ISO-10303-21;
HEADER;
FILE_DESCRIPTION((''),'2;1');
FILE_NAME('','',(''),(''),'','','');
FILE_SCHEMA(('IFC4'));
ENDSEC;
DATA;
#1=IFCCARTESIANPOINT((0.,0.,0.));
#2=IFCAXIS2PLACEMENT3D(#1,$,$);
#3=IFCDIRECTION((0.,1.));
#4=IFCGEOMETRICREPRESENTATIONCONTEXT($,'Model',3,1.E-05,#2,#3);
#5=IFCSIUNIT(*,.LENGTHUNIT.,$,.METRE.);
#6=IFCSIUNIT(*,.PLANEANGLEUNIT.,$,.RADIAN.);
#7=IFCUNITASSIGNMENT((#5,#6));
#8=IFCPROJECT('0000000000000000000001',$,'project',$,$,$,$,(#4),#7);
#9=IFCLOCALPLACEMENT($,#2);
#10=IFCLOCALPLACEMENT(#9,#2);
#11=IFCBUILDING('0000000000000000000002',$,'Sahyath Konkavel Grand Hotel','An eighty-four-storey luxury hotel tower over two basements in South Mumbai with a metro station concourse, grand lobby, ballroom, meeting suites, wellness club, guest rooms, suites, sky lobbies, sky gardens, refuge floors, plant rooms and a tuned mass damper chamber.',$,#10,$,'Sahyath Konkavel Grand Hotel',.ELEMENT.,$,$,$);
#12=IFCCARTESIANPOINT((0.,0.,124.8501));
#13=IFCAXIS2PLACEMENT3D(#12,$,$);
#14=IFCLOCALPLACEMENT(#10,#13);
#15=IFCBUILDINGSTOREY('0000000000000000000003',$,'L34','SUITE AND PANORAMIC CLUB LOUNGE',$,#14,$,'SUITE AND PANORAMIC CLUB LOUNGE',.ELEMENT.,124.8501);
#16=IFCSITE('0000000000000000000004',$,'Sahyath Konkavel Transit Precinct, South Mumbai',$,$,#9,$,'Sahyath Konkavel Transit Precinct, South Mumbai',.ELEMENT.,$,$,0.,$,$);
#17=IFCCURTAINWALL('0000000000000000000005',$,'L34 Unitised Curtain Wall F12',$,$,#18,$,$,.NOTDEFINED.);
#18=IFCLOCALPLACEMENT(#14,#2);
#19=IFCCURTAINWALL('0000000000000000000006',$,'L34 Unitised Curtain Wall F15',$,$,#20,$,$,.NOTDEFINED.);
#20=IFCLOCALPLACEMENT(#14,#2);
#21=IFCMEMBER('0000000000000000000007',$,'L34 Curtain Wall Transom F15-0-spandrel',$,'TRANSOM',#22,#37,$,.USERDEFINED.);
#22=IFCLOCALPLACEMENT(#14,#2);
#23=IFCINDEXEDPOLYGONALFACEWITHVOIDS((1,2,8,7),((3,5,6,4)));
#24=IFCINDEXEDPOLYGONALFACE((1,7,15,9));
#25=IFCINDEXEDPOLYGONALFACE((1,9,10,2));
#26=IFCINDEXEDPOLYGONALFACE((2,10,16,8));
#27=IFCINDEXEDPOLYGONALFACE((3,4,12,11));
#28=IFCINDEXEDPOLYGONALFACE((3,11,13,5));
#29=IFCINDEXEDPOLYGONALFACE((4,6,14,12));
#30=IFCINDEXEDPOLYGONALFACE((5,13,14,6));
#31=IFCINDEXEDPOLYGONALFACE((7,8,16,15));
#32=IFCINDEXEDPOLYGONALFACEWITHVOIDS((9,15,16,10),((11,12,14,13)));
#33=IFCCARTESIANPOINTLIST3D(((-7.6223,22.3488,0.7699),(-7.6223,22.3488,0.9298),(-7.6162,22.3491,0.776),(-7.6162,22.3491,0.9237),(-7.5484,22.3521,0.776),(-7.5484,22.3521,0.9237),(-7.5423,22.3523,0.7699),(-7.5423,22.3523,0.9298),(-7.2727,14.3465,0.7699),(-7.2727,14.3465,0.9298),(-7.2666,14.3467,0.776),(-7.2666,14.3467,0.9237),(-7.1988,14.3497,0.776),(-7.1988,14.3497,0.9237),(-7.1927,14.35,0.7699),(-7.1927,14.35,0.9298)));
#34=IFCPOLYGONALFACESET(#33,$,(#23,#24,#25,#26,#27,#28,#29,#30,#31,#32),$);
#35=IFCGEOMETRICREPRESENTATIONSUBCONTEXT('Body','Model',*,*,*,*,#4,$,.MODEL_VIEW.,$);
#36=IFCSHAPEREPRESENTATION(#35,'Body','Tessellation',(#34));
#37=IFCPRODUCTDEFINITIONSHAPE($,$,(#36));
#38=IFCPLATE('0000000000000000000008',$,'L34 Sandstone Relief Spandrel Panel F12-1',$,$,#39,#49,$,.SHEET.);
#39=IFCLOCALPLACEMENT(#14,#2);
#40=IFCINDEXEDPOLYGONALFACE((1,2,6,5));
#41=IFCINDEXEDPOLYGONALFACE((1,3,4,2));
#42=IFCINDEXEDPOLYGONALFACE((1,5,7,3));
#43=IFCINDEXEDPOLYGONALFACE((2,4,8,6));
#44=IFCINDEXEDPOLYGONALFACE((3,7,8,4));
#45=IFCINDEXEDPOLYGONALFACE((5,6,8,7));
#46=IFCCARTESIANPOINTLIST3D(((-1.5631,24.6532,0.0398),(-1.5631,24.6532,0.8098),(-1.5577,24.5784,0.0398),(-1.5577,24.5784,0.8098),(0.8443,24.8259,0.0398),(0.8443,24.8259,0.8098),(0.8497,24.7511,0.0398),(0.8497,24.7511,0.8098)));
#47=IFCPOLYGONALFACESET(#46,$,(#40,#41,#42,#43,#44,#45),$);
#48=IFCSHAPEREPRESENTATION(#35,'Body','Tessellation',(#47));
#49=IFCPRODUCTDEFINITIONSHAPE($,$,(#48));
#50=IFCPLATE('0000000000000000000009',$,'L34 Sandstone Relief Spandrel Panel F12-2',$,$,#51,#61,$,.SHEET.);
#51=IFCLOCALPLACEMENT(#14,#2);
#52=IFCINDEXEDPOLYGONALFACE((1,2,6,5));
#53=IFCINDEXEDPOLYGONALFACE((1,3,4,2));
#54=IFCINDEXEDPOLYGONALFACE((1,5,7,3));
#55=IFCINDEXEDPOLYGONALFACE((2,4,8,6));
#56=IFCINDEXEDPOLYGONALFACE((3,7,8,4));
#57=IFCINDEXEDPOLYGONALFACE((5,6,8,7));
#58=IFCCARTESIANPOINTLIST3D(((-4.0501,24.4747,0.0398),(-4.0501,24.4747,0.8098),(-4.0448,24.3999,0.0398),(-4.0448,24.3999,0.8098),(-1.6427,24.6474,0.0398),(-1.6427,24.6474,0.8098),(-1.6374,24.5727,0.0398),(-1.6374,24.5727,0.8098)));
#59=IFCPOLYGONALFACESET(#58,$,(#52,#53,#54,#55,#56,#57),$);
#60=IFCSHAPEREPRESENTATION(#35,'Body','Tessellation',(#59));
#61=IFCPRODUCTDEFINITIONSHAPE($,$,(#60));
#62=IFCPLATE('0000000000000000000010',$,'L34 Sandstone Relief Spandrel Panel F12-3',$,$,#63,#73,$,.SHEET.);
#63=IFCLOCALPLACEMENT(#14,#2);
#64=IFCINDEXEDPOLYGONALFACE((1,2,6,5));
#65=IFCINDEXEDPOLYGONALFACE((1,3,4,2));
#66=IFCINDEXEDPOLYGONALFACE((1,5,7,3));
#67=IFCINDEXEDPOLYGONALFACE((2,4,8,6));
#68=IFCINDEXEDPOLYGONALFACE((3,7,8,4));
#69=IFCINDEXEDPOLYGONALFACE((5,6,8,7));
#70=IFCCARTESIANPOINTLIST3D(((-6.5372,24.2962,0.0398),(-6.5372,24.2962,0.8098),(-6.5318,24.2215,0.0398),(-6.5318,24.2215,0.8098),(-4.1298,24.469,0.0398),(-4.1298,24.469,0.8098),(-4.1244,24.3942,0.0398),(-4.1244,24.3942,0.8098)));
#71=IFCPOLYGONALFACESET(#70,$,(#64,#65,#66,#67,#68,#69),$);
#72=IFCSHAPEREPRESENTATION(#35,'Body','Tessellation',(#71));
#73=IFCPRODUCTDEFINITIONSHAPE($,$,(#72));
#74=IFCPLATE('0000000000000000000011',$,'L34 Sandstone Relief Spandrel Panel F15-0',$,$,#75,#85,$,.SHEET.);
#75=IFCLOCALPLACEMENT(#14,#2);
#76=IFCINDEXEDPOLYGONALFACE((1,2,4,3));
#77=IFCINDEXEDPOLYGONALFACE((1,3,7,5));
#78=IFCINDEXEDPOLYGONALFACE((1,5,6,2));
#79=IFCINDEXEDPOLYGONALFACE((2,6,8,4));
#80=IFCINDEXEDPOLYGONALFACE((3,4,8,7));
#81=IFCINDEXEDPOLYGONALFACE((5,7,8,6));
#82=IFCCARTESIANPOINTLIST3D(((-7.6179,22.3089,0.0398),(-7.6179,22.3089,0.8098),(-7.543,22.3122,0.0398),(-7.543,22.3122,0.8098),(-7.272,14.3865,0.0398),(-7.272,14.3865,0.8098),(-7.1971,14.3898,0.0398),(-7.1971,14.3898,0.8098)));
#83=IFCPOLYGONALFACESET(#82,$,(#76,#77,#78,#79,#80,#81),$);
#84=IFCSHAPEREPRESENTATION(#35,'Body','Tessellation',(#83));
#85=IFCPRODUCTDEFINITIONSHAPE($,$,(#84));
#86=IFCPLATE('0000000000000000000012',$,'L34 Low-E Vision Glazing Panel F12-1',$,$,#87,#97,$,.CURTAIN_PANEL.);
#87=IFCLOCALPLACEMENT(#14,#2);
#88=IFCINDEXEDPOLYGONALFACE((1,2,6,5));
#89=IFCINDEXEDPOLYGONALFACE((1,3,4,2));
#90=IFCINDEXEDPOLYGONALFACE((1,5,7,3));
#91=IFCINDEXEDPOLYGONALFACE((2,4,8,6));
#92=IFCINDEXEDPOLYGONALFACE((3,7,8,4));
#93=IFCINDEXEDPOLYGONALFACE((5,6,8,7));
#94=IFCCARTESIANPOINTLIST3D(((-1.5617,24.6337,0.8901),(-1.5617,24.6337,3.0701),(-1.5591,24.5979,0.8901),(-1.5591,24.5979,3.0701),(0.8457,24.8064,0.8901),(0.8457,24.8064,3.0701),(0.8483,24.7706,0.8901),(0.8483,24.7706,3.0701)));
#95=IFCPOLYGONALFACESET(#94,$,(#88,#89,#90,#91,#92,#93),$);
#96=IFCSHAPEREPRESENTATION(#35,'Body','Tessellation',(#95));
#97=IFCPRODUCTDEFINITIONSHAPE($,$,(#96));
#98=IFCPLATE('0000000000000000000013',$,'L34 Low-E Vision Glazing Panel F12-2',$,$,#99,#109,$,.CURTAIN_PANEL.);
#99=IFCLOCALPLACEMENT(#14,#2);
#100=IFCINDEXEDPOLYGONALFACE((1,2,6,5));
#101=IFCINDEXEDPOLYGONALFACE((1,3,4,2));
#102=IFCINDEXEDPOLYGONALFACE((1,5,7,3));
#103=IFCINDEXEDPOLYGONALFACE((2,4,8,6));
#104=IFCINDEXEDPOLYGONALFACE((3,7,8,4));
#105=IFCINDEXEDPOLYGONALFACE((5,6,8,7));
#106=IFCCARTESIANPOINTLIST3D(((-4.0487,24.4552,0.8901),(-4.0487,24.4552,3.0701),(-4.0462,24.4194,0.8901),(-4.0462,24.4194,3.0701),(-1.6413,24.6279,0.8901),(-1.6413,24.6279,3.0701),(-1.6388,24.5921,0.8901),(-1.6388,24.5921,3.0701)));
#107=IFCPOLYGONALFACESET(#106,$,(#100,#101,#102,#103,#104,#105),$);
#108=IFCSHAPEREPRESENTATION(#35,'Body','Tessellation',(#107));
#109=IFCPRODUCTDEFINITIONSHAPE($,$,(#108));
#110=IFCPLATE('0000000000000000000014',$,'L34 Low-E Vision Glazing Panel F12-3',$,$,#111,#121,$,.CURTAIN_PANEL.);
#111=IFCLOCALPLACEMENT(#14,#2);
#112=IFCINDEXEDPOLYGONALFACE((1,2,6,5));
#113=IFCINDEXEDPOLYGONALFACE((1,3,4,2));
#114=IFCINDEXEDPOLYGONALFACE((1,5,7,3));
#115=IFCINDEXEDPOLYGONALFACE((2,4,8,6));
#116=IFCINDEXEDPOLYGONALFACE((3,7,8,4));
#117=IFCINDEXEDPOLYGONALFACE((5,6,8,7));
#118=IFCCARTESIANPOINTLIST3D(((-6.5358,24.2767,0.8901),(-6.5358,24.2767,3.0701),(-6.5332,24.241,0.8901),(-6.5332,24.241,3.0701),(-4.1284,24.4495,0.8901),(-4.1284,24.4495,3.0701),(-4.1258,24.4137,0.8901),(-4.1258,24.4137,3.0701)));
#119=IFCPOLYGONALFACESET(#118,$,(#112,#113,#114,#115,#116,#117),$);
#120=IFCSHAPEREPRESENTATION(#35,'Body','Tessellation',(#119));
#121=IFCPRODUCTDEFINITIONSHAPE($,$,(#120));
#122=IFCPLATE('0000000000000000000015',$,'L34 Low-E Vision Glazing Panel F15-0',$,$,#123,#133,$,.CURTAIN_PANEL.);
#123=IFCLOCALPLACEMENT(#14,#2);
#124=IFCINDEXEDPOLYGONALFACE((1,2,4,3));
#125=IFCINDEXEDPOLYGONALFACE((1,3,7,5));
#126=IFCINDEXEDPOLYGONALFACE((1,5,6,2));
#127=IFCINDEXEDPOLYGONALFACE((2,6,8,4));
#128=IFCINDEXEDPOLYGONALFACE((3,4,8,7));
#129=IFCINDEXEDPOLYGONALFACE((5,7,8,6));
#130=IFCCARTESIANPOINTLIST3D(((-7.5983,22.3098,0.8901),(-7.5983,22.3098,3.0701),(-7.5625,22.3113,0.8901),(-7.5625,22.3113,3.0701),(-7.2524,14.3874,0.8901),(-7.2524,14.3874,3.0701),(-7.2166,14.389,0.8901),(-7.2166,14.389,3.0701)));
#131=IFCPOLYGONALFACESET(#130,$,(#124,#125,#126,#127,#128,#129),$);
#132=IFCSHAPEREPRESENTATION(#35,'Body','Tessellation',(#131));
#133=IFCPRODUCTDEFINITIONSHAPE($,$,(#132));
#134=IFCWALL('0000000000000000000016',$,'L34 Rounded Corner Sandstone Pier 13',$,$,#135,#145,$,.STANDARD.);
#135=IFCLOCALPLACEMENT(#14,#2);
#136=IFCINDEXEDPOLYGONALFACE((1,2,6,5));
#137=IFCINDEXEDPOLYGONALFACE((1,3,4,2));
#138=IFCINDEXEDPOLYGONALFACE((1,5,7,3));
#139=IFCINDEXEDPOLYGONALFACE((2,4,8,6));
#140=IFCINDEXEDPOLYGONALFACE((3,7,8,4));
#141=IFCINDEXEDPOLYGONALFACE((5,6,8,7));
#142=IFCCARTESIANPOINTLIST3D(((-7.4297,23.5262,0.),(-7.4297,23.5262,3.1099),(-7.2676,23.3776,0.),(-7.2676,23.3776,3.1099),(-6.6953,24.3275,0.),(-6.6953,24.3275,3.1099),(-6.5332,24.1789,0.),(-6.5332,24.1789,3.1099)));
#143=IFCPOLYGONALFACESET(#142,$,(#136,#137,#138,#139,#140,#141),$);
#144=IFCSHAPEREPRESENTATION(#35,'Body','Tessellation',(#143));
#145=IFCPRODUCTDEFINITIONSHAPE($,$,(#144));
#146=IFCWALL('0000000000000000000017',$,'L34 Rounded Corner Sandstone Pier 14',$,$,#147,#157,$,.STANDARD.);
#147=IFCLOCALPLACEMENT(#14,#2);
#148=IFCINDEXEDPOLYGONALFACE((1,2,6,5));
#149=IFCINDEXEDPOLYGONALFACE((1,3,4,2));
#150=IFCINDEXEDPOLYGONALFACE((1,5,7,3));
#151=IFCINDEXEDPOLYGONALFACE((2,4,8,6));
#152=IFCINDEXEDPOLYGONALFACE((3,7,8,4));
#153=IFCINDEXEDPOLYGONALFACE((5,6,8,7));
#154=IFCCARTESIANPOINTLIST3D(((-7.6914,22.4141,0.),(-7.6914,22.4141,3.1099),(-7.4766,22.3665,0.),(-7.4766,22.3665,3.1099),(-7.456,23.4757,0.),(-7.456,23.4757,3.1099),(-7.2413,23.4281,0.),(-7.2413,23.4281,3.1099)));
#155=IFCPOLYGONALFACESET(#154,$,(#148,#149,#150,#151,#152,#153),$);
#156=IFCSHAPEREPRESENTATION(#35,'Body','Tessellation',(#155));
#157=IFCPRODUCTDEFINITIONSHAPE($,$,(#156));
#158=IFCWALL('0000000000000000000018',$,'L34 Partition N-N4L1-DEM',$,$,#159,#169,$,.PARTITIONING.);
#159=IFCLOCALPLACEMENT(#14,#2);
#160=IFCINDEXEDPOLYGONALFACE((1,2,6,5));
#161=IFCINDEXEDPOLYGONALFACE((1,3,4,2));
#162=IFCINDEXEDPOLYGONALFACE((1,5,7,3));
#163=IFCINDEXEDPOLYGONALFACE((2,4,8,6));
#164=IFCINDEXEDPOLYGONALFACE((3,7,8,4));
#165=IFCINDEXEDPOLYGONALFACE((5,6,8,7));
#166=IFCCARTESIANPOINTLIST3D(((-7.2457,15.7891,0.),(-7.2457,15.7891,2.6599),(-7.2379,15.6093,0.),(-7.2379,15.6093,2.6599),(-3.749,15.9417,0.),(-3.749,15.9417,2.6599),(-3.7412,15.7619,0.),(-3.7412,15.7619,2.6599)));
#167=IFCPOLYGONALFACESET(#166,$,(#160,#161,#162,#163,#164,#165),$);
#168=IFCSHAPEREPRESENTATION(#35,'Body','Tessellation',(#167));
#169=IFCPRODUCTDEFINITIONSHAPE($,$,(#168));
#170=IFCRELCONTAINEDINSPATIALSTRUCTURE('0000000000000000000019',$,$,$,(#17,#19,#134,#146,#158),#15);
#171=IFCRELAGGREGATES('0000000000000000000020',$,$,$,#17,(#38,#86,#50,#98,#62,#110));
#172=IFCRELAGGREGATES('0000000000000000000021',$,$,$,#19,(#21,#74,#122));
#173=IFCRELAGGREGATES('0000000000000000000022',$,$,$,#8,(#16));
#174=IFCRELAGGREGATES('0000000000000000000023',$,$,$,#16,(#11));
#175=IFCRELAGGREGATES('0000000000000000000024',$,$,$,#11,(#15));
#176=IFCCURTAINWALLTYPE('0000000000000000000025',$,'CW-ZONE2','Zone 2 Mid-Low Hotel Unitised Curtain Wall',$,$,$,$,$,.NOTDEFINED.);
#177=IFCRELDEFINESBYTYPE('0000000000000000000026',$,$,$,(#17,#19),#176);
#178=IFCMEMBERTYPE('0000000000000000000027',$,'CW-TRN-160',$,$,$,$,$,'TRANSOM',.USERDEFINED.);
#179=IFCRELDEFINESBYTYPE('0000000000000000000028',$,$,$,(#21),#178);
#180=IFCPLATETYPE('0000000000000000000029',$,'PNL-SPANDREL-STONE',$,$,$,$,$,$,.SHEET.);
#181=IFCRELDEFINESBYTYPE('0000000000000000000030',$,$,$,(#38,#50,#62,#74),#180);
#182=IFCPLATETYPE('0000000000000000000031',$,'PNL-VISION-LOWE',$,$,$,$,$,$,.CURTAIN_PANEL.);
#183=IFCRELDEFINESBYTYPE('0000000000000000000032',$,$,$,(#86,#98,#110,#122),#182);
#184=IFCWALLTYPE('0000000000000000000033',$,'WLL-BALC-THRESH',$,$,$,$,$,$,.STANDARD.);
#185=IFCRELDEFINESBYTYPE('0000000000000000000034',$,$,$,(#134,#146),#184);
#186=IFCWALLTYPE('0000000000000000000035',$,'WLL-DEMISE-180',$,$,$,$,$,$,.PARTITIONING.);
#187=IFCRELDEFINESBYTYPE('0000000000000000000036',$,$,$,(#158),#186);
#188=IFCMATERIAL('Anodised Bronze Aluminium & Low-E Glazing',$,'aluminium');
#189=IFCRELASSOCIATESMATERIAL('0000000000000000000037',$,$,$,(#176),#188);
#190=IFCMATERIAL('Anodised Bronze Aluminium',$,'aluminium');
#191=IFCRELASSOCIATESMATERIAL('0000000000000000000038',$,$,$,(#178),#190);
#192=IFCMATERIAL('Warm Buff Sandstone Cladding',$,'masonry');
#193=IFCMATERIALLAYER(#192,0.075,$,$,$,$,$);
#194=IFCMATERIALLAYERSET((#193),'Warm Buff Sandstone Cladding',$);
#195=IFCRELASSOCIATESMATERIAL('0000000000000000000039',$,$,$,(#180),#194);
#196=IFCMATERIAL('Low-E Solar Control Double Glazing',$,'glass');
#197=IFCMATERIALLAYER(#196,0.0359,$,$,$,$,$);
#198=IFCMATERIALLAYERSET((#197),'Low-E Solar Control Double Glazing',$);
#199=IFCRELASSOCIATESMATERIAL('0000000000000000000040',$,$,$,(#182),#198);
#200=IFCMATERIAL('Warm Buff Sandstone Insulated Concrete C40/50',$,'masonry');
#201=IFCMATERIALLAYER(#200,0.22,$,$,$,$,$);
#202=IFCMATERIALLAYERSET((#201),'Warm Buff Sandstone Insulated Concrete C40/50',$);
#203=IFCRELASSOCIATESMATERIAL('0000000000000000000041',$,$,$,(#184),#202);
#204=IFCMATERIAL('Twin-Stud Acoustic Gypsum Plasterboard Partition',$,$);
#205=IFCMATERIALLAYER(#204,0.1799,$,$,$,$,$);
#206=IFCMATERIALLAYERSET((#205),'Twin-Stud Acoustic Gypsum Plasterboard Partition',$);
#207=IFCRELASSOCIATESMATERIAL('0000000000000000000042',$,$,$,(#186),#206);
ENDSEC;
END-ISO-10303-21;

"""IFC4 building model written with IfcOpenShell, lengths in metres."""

from ifc_helpers import new_model, si_unit, direction, frame, frame_2d, origin, origin_2d, place, context, subcontext, project, spatial, rectangle, hollow_rectangle, extrude, source, transform, mapped, material, layer, layer_set, material_profile, profile_set, type_object, element, aggregate, save


model = new_model("IFC4")

# Units and contexts
model_context = context("Model", 3, precision=1e-05, world=origin(), true_north=direction((0.0, 1.0)))
body_context = subcontext(model_context, "Body", "Model", "MODEL_VIEW")
ifc_project = project(units=[si_unit("LENGTHUNIT", "METRE"), si_unit("PLANEANGLEUNIT", "RADIAN")], contexts=[model_context])

# Site, building, storey
site_placement = place(None, origin())
site = spatial("IfcSite", under=ifc_project, at=site_placement, Name="Sahyath Konkavel Transit Precinct, South Mumbai", LongName="Sahyath Konkavel Transit Precinct, South Mumbai", CompositionType="ELEMENT", RefElevation=0.0)
building_placement = place(site_placement, origin())
building = spatial("IfcBuilding", under=site, at=building_placement, Name="Sahyath Konkavel Grand Hotel", Description="An eighty-four-storey luxury hotel tower over two basements in South Mumbai with a metro station concourse, grand lobby, ballroom, meeting suites, wellness club, guest rooms, suites, sky lobbies, sky gardens, refuge floors, plant rooms and a tuned mass damper chamber.", LongName="Sahyath Konkavel Grand Hotel", CompositionType="ELEMENT")
storey_placement = place(building_placement, frame((0.0, 0.0, 124.8501)))
storey = spatial("IfcBuildingStorey", under=building, at=storey_placement, Name="L34", Description="SUITE AND PANORAMIC CLUB LOUNGE", LongName="SUITE AND PANORAMIC CLUB LOUNGE", CompositionType="ELEMENT", Elevation=124.8501)

# Curtain wall
ifc_material_1 = material(Name="Anodised Bronze Aluminium & Low-E Glazing", Category="aluminium")
curtain_wall_type = type_object("IfcCurtainWallType", Name="CW-ZONE2", Description="Zone 2 Mid-Low Hotel Unitised Curtain Wall", PredefinedType="NOTDEFINED", material=ifc_material_1)
curtain_wall_1_placement = place(storey_placement, origin())
curtain_wall_1 = element("IfcCurtainWall", 1, at=curtain_wall_1_placement, inside=storey, type_object=curtain_wall_type, Name="L34 Unitised Curtain Wall F12", PredefinedType="NOTDEFINED")
ifc_material_2 = material(Name="Anodised Bronze Aluminium", Category="aluminium")

# Curtain wall
curtain_wall_2_placement = place(storey_placement, origin())
curtain_wall_2 = element("IfcCurtainWall", 2, at=curtain_wall_2_placement, inside=storey, type_object=curtain_wall_type, Name="L34 Unitised Curtain Wall F15", PredefinedType="NOTDEFINED")

# Member
ifc_material_profile_1 = material_profile(ifc_material_2, hollow_rectangle(XDim=0.0801, YDim=0.1599, WallThickness=0.0061, at=origin_2d()), Name="RHS 160x80x6")
ifc_profile_set_1 = profile_set([ifc_material_profile_1], Name="Anodised Bronze Aluminium")
member_type_1 = type_object("IfcMemberType", Name="CW-TRN-160", ElementType="TRANSOM", PredefinedType="USERDEFINED", material=ifc_profile_set_1)
shared_shape_1 = source(origin(), body_context, "Body", "SweptSolid", [
    extrude(hollow_rectangle(XDim=0.0801, YDim=0.1599, WallThickness=0.0061, at=origin_2d()), origin(), (0.0, 0.0, 1.0), 8.01),
])
member_1_placement = place(storey_placement, frame((-7.5823, 22.3506, 0.8499), z_axis=(0.043646, -0.999047, 0.0), x_axis=(0.999047, 0.043646, 0.0)))
member_1 = element("IfcMember", 3, at=member_1_placement, type_object=member_type_1, Name="L34 Curtain Wall Transom F15-0-spandrel", ObjectType="TRANSOM", PredefinedType="USERDEFINED", context=body_context, shape_type="MappedRepresentation", body=[
    mapped(shared_shape_1, transform((0.0, 0.0, 0.0), scale=1.0)),
])

# Plates
ifc_material_3 = material(Name="Warm Buff Sandstone Cladding", Category="masonry")
ifc_layer_1 = layer(ifc_material_3, 0.075)
ifc_layer_set_1 = layer_set([ifc_layer_1], Name="Warm Buff Sandstone Cladding")
plate_type_1 = type_object("IfcPlateType", Name="PNL-SPANDREL-STONE", PredefinedType="SHEET", material=ifc_layer_set_1)
shared_shape_2 = source(origin(), body_context, "Body", "SweptSolid", [
    extrude(rectangle(XDim=2.4136, YDim=0.075, at=origin_2d()), origin(), (0.0, 0.0, 1.0), 0.77),
])
plate_1_placement = place(storey_placement, frame((-0.3567, 24.7021, 0.0398), z_axis=(0.0, 0.0, 1.0), x_axis=(-0.997436, -0.071567, 0.0)))
plate_1 = element("IfcPlate", 4, at=plate_1_placement, type_object=plate_type_1, Name="L34 Sandstone Relief Spandrel Panel F12-1", PredefinedType="SHEET", context=body_context, shape_type="MappedRepresentation", body=[
    mapped(shared_shape_2, transform((0.0, 0.0, 0.0), scale=1.0)),
])
plate_2_placement = place(storey_placement, frame((-2.8438, 24.5237, 0.0398), z_axis=(0.0, 0.0, 1.0), x_axis=(-0.997436, -0.071567, 0.0)))
plate_2 = element("IfcPlate", 5, at=plate_2_placement, type_object=plate_type_1, Name="L34 Sandstone Relief Spandrel Panel F12-2", PredefinedType="SHEET", context=body_context, shape_type="MappedRepresentation", body=[
    mapped(shared_shape_2, transform((0.0, 0.0, 0.0), scale=1.0)),
])
plate_3_placement = place(storey_placement, frame((-5.3308, 24.3452, 0.0398), z_axis=(0.0, 0.0, 1.0), x_axis=(-0.997436, -0.071567, 0.0)))
plate_3 = element("IfcPlate", 6, at=plate_3_placement, type_object=plate_type_1, Name="L34 Sandstone Relief Spandrel Panel F12-3", PredefinedType="SHEET", context=body_context, shape_type="MappedRepresentation", body=[
    mapped(shared_shape_2, transform((0.0, 0.0, 0.0), scale=1.0)),
])
shared_shape_3 = source(origin(), body_context, "Body", "SweptSolid", [
    extrude(rectangle(XDim=7.9299, YDim=0.075, at=origin_2d()), origin(), (0.0, 0.0, 1.0), 0.77),
])
plate_4_placement = place(storey_placement, frame((-7.4075, 18.3494, 0.0398), z_axis=(0.0, 0.0, 1.0), x_axis=(0.043619, -0.999048, 0.0)))
plate_4 = element("IfcPlate", 7, at=plate_4_placement, type_object=plate_type_1, Name="L34 Sandstone Relief Spandrel Panel F15-0", PredefinedType="SHEET", context=body_context, shape_type="MappedRepresentation", body=[
    mapped(shared_shape_3, transform((0.0, 0.0, 0.0), scale=1.0)),
])
ifc_material_4 = material(Name="Low-E Solar Control Double Glazing", Category="glass")
ifc_layer_2 = layer(ifc_material_4, 0.0359)
ifc_layer_set_2 = layer_set([ifc_layer_2], Name="Low-E Solar Control Double Glazing")
plate_type_2 = type_object("IfcPlateType", Name="PNL-VISION-LOWE", PredefinedType="CURTAIN_PANEL", material=ifc_layer_set_2)
shared_shape_4 = source(origin(), body_context, "Body", "SweptSolid", [
    extrude(rectangle(XDim=2.4136, YDim=0.0359, at=origin_2d()), origin(), (0.0, 0.0, 1.0), 2.1799),
])
plate_5_placement = place(storey_placement, frame((-0.3567, 24.7021, 0.8901), z_axis=(0.0, 0.0, 1.0), x_axis=(-0.997436, -0.071567, 0.0)))
plate_5 = element("IfcPlate", 8, at=plate_5_placement, type_object=plate_type_2, Name="L34 Low-E Vision Glazing Panel F12-1", PredefinedType="CURTAIN_PANEL", context=body_context, shape_type="MappedRepresentation", body=[
    mapped(shared_shape_4, transform((0.0, 0.0, 0.0), scale=1.0)),
])
plate_6_placement = place(storey_placement, frame((-2.8438, 24.5237, 0.8901), z_axis=(0.0, 0.0, 1.0), x_axis=(-0.997436, -0.071567, 0.0)))
plate_6 = element("IfcPlate", 9, at=plate_6_placement, type_object=plate_type_2, Name="L34 Low-E Vision Glazing Panel F12-2", PredefinedType="CURTAIN_PANEL", context=body_context, shape_type="MappedRepresentation", body=[
    mapped(shared_shape_4, transform((0.0, 0.0, 0.0), scale=1.0)),
])
plate_7_placement = place(storey_placement, frame((-5.3308, 24.3452, 0.8901), z_axis=(0.0, 0.0, 1.0), x_axis=(-0.997436, -0.071567, 0.0)))
plate_7 = element("IfcPlate", 10, at=plate_7_placement, type_object=plate_type_2, Name="L34 Low-E Vision Glazing Panel F12-3", PredefinedType="CURTAIN_PANEL", context=body_context, shape_type="MappedRepresentation", body=[
    mapped(shared_shape_4, transform((0.0, 0.0, 0.0), scale=1.0)),
])
aggregate(curtain_wall_1, [plate_1, plate_5, plate_2, plate_6, plate_3, plate_7])
shared_shape_5 = source(origin(), body_context, "Body", "SweptSolid", [
    extrude(rectangle(XDim=7.9299, YDim=0.0359, at=origin_2d()), origin(), (0.0, 0.0, 1.0), 2.1799),
])
plate_8_placement = place(storey_placement, frame((-7.4075, 18.3494, 0.8901), z_axis=(0.0, 0.0, 1.0), x_axis=(0.043619, -0.999048, 0.0)))
plate_8 = element("IfcPlate", 11, at=plate_8_placement, type_object=plate_type_2, Name="L34 Low-E Vision Glazing Panel F15-0", PredefinedType="CURTAIN_PANEL", context=body_context, shape_type="MappedRepresentation", body=[
    mapped(shared_shape_5, transform((0.0, 0.0, 0.0), scale=1.0)),
])
aggregate(curtain_wall_2, [member_1, plate_4, plate_8])

# Walls
ifc_material_5 = material(Name="Warm Buff Sandstone Insulated Concrete C40/50", Category="masonry")
ifc_layer_3 = layer(ifc_material_5, 0.22)
ifc_layer_set_3 = layer_set([ifc_layer_3], Name="Warm Buff Sandstone Insulated Concrete C40/50")
wall_type_1 = type_object("IfcWallType", Name="WLL-BALC-THRESH", PredefinedType="STANDARD", material=ifc_layer_set_3)
wall_1_placement = place(storey_placement, frame((-6.6143, 24.2532, 0.0), z_axis=(0.0, 0.0, 1.0), x_axis=(-0.675664, -0.73721, 0.0)))
element("IfcWall", 12, at=wall_1_placement, inside=storey, type_object=wall_type_1, Name="L34 Rounded Corner Sandstone Pier 13", PredefinedType="STANDARD", context=body_context, shape_type="SweptSolid", body=[
    extrude(rectangle(XDim=1.0869, YDim=0.22, at=frame_2d((0.5435, 0.0))), origin(), (0.0, 0.0, 1.0), 3.1099),
])
wall_2_placement = place(storey_placement, frame((-7.3486, 23.4519, 0.0), z_axis=(0.0, 0.0, 1.0), x_axis=(-0.216455, -0.976293, 0.0)))
element("IfcWall", 13, at=wall_2_placement, inside=storey, type_object=wall_type_1, Name="L34 Rounded Corner Sandstone Pier 14", PredefinedType="STANDARD", context=body_context, shape_type="SweptSolid", body=[
    extrude(rectangle(XDim=1.0874, YDim=0.22, at=frame_2d((0.5437, 0.0))), origin(), (0.0, 0.0, 1.0), 3.1099),
])
ifc_material_6 = material(Name="Twin-Stud Acoustic Gypsum Plasterboard Partition")
ifc_layer_4 = layer(ifc_material_6, 0.1799)
ifc_layer_set_4 = layer_set([ifc_layer_4], Name="Twin-Stud Acoustic Gypsum Plasterboard Partition")
wall_type_2 = type_object("IfcWallType", Name="WLL-DEMISE-180", PredefinedType="PARTITIONING", material=ifc_layer_set_4)
wall_3_placement = place(storey_placement, frame((-3.7451, 15.8518, 0.0), z_axis=(0.0, 0.0, 1.0), x_axis=(-0.999049, -0.043598, 0.0)))
element("IfcWall", 14, at=wall_3_placement, inside=storey, type_object=wall_type_2, Name="L34 Partition N-N4L1-DEM", PredefinedType="PARTITIONING", context=body_context, shape_type="SweptSolid", body=[
    extrude(rectangle(XDim=3.5, YDim=0.1799, at=frame_2d((1.75, 0.0))), origin(), (0.0, 0.0, 1.0), 2.6599),
])

save(model, "model.ifc")
